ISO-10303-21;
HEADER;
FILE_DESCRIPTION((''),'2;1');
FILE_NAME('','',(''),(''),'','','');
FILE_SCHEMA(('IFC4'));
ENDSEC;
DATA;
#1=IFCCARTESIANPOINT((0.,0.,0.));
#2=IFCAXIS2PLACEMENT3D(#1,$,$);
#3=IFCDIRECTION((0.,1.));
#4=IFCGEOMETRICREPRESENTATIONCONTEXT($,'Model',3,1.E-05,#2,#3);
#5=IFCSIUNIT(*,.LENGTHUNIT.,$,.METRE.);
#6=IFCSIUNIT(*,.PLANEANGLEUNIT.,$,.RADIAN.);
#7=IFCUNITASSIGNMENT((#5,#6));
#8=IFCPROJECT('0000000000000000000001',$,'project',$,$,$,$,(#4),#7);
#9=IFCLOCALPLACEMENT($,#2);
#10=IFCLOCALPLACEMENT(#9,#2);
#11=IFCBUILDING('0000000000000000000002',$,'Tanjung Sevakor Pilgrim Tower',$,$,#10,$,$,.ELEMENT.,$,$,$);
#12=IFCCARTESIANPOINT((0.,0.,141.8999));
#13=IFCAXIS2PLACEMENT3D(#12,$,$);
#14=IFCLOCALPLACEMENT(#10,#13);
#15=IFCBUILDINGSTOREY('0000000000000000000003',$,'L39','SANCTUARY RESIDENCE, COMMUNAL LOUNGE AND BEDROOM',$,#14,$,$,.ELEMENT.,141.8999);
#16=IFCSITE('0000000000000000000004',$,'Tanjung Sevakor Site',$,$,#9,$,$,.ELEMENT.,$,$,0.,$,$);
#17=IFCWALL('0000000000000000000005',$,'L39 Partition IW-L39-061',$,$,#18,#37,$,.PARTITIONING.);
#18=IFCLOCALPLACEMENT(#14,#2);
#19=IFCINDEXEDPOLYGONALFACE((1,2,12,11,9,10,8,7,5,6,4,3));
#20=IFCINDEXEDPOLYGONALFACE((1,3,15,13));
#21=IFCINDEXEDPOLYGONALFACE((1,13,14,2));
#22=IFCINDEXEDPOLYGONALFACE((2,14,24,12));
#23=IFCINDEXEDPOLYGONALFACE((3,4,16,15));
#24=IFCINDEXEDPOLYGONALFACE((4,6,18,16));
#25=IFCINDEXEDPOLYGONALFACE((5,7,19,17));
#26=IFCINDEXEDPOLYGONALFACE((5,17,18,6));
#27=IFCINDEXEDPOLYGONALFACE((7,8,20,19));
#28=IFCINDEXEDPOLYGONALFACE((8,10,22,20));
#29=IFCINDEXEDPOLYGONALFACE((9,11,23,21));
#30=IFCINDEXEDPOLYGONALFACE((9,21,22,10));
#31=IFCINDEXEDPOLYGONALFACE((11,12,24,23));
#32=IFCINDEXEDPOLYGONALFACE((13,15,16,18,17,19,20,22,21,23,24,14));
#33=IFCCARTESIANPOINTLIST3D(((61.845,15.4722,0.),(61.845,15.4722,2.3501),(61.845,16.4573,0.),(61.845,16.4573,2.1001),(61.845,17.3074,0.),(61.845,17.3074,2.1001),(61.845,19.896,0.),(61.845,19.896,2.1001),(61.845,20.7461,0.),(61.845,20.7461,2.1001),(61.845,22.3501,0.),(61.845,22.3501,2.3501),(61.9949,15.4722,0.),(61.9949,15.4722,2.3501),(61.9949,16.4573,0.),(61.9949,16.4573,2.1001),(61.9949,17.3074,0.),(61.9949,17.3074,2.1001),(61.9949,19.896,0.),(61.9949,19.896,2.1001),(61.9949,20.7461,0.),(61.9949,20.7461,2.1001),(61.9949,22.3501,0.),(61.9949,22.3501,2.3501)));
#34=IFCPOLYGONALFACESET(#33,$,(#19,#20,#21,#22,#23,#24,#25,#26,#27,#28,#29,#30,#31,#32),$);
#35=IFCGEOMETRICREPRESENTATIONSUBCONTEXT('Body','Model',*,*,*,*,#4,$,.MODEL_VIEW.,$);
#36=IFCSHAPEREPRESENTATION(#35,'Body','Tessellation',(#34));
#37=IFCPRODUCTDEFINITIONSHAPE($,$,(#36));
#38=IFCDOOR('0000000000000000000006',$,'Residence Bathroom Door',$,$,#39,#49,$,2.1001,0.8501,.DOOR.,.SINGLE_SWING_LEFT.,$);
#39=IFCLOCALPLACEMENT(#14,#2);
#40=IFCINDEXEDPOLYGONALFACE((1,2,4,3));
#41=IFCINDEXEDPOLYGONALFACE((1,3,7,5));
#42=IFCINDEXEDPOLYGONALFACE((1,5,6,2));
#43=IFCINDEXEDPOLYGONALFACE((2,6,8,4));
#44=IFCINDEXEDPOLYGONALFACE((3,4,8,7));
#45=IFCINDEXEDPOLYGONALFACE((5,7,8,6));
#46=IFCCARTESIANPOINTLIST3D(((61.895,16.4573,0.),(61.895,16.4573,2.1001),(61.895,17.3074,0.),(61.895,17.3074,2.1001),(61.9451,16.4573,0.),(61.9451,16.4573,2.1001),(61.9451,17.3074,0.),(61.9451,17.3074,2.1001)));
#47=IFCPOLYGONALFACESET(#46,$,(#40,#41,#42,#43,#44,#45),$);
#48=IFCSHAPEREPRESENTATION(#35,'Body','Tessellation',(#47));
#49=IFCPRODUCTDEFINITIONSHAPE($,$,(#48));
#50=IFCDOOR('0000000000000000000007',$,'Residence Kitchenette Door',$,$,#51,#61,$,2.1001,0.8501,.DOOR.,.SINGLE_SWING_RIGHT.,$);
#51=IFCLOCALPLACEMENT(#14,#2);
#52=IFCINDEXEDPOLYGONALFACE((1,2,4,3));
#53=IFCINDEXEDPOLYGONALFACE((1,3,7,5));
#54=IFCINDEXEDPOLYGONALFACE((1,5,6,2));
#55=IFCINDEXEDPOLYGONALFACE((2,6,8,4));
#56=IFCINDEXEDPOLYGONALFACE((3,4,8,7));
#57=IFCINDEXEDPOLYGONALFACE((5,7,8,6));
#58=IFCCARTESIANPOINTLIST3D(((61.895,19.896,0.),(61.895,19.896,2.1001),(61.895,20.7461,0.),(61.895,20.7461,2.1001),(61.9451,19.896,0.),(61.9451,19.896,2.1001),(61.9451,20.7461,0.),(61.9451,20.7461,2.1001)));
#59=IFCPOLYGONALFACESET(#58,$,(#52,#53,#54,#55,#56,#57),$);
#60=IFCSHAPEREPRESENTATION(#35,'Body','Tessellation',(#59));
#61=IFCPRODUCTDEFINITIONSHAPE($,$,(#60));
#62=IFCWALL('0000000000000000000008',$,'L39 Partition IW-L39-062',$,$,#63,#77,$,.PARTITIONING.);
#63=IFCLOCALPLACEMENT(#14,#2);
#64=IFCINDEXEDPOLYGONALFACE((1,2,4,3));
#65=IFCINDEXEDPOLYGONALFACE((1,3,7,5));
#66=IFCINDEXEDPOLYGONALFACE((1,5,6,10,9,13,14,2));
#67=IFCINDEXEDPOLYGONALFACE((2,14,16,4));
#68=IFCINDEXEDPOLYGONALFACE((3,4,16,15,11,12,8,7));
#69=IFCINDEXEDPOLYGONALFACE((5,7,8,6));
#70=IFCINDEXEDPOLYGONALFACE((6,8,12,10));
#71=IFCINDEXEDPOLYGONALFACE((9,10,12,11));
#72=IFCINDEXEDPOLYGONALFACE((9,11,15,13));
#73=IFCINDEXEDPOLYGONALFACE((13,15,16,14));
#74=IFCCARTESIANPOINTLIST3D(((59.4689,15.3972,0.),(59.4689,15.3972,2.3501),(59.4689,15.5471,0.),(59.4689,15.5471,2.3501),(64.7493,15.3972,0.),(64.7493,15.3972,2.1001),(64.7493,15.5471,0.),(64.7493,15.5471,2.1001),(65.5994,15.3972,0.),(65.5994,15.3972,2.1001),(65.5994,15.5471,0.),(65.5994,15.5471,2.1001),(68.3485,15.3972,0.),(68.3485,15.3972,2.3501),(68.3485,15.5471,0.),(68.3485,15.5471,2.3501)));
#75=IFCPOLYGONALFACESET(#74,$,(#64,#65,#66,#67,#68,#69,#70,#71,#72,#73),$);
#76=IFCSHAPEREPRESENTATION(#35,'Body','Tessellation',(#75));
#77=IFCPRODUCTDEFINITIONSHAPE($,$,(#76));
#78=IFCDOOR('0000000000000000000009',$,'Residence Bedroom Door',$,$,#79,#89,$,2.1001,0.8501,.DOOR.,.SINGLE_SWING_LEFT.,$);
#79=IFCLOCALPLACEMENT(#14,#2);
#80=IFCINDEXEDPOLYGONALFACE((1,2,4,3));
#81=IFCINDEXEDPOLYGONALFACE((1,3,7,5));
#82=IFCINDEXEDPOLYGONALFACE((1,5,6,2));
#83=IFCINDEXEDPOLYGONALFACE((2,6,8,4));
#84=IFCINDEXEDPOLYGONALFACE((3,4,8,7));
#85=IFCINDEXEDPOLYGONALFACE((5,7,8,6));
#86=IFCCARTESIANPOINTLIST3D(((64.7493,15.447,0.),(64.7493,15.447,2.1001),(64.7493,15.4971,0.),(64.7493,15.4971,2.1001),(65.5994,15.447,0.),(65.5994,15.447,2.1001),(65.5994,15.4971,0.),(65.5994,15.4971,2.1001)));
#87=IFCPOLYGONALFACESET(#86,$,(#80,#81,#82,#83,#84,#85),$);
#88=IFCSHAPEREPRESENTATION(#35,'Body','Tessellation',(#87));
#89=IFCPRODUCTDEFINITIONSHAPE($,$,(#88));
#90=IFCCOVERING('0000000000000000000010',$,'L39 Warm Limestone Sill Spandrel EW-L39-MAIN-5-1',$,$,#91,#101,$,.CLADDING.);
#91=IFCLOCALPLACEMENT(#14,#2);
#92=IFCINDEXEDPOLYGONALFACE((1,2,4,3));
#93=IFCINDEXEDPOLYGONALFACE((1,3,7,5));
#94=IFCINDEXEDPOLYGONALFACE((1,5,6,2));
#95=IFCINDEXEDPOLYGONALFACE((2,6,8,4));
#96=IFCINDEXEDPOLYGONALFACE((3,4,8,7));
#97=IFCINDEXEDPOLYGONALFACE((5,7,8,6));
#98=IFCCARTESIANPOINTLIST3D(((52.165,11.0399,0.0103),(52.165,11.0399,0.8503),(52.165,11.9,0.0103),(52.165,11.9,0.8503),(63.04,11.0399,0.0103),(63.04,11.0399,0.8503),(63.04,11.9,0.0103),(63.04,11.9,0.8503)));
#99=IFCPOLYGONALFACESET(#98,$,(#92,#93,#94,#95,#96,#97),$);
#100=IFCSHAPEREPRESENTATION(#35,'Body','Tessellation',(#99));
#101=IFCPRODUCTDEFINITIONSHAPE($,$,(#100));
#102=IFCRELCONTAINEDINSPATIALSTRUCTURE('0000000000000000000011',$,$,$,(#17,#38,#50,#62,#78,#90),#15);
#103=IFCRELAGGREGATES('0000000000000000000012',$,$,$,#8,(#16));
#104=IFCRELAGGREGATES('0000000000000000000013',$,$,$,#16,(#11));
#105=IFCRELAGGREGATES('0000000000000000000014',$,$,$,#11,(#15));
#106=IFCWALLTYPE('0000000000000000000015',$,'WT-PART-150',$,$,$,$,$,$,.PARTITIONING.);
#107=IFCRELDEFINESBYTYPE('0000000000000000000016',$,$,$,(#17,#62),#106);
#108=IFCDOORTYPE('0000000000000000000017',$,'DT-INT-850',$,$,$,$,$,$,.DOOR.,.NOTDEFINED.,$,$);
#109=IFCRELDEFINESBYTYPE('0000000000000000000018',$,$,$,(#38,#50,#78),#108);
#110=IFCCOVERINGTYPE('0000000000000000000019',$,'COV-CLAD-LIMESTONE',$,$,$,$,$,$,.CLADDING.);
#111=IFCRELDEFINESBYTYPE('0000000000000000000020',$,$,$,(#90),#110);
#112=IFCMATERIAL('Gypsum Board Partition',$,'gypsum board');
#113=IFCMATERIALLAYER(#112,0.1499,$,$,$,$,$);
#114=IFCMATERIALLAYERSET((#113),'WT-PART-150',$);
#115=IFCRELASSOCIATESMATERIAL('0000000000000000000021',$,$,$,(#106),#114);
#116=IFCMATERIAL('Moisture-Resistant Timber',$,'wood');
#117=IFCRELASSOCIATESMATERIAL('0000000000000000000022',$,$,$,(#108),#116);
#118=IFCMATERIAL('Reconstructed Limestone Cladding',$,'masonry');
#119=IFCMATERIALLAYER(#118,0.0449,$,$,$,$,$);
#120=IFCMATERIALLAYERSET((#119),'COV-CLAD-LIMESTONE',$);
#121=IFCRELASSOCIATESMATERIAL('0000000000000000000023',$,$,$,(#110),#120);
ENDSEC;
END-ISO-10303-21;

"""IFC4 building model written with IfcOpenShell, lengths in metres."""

from ifc_helpers import new_model, si_unit, direction, frame, frame_2d, origin, origin_2d, place, context, subcontext, project, spatial, rectangle, extrude, material, layer, layer_set, type_object, element, fill, save


model = new_model("IFC4")

# Units and contexts
model_context = context("Model", 3, precision=1e-05, world=origin(), true_north=direction((0.0, 1.0)))
body_context = subcontext(model_context, "Body", "Model", "MODEL_VIEW")
ifc_project = project(units=[si_unit("LENGTHUNIT", "METRE"), si_unit("PLANEANGLEUNIT", "RADIAN")], contexts=[model_context])

# Site, building, storey
site_placement = place(None, origin())
site = spatial("IfcSite", under=ifc_project, at=site_placement, Name="Tanjung Sevakor Site", CompositionType="ELEMENT", RefElevation=0.0)
building_placement = place(site_placement, origin())
building = spatial("IfcBuilding", under=site, at=building_placement, Name="Tanjung Sevakor Pilgrim Tower", CompositionType="ELEMENT")
storey_placement = place(building_placement, frame((0.0, 0.0, 141.8999)))
storey = spatial("IfcBuildingStorey", under=building, at=storey_placement, Name="L39", Description="SANCTUARY RESIDENCE, COMMUNAL LOUNGE AND BEDROOM", CompositionType="ELEMENT", Elevation=141.8999)

# Shared definitions
ifc_material_1 = material(Name="Gypsum Board Partition", Category="gypsum board")
ifc_layer_1 = layer(ifc_material_1, 0.1499)
ifc_layer_set_1 = layer_set([ifc_layer_1], Name="WT-PART-150")
wall_type_1 = type_object("IfcWallType", Name="WT-PART-150", PredefinedType="PARTITIONING", material=ifc_layer_set_1)

# Wall, openings, doors
wall_1_placement = place(storey_placement, frame((61.9199, 15.4722, 0.0), z_axis=(0.0, 0.0, 1.0), x_axis=(0.0, 1.0, 0.0)))
wall_1 = element("IfcWall", 1, at=wall_1_placement, inside=storey, type_object=wall_type_1, Name="L39 Partition IW-L39-061", PredefinedType="PARTITIONING", context=body_context, shape_type="SweptSolid", body=[
    extrude(rectangle(XDim=6.8779, YDim=0.1499, at=frame_2d((3.439, 0.0))), origin(), (0.0, 0.0, 1.0), 2.3501),
])
opening_1_placement = place(wall_1_placement, frame((0.9851, 0.0, 0.0)))
opening_1 = element("IfcOpeningElement", 2, at=opening_1_placement, cuts=wall_1, PredefinedType="OPENING", context=body_context, shape_type="SweptSolid", body=[
    extrude(rectangle(XDim=0.8501, YDim=2.1001, at=frame_2d((0.425, 1.05))), frame((0.0, 0.085, 0.0), z_axis=(0.0, -1.0, 0.0), x_axis=(1.0, 0.0, 0.0)), (0.0, 0.0, 1.0), 0.1699),
])
opening_2_placement = place(wall_1_placement, frame((4.4238, 0.0, 0.0)))
opening_2 = element("IfcOpeningElement", 3, at=opening_2_placement, cuts=wall_1, PredefinedType="OPENING", context=body_context, shape_type="SweptSolid", body=[
    extrude(rectangle(XDim=0.8501, YDim=2.1001, at=frame_2d((0.425, 1.05))), frame((0.0, 0.085, 0.0), z_axis=(0.0, -1.0, 0.0), x_axis=(1.0, 0.0, 0.0)), (0.0, 0.0, 1.0), 0.1699),
])
ifc_material_2 = material(Name="Moisture-Resistant Timber", Category="wood")
door_type_1 = type_object("IfcDoorType", Name="DT-INT-850", OperationType="NOTDEFINED", PredefinedType="DOOR", material=ifc_material_2)
door_1_placement = place(opening_1_placement, origin())
door_1 = element("IfcDoor", 4, at=door_1_placement, inside=storey, type_object=door_type_1, Name="Residence Bathroom Door", OperationType="SINGLE_SWING_LEFT", OverallHeight=2.1001, OverallWidth=0.8501, PredefinedType="DOOR", context=body_context, shape_type="SweptSolid", body=[
    extrude(rectangle(XDim=0.8501, YDim=2.1001, at=frame_2d((0.425, 1.05))), frame((0.0, 0.0249, 0.0), z_axis=(0.0, -1.0, 0.0), x_axis=(1.0, 0.0, 0.0)), (0.0, 0.0, 1.0), 0.05),
])
fill(opening_1, door_1)
door_2_placement = place(opening_2_placement, origin())
door_2 = element("IfcDoor", 5, at=door_2_placement, inside=storey, type_object=door_type_1, Name="Residence Kitchenette Door", OperationType="SINGLE_SWING_RIGHT", OverallHeight=2.1001, OverallWidth=0.8501, PredefinedType="DOOR", context=body_context, shape_type="SweptSolid", body=[
    extrude(rectangle(XDim=0.8501, YDim=2.1001, at=frame_2d((0.425, 1.05))), frame((0.0, 0.0249, 0.0), z_axis=(0.0, -1.0, 0.0), x_axis=(1.0, 0.0, 0.0)), (0.0, 0.0, 1.0), 0.05),
])
fill(opening_2, door_2)

# Wall, opening, door
wall_2_placement = place(storey_placement, frame((59.4688, 15.4722, 0.0), z_axis=(0.0, 0.0, 1.0), x_axis=(1.0, 0.0, 0.0)))
wall_2 = element("IfcWall", 6, at=wall_2_placement, inside=storey, type_object=wall_type_1, Name="L39 Partition IW-L39-062", PredefinedType="PARTITIONING", context=body_context, shape_type="SweptSolid", body=[
    extrude(rectangle(XDim=8.8796, YDim=0.1499, at=frame_2d((4.4399, 0.0))), origin(), (0.0, 0.0, 1.0), 2.3501),
])
opening_3_placement = place(wall_2_placement, frame((5.2805, 0.0, 0.0)))
opening_3 = element("IfcOpeningElement", 7, at=opening_3_placement, cuts=wall_2, PredefinedType="OPENING", context=body_context, shape_type="SweptSolid", body=[
    extrude(rectangle(XDim=0.8501, YDim=2.1001, at=frame_2d((0.425, 1.05))), frame((0.0, 0.085, 0.0), z_axis=(0.0, -1.0, 0.0), x_axis=(1.0, 0.0, 0.0)), (0.0, 0.0, 1.0), 0.1699),
])
door_3_placement = place(opening_3_placement, origin())
door_3 = element("IfcDoor", 8, at=door_3_placement, inside=storey, type_object=door_type_1, Name="Residence Bedroom Door", OperationType="SINGLE_SWING_LEFT", OverallHeight=2.1001, OverallWidth=0.8501, PredefinedType="DOOR", context=body_context, shape_type="SweptSolid", body=[
    extrude(rectangle(XDim=0.8501, YDim=2.1001, at=frame_2d((0.425, 1.05))), frame((0.0, 0.0249, 0.0), z_axis=(0.0, -1.0, 0.0), x_axis=(1.0, 0.0, 0.0)), (0.0, 0.0, 1.0), 0.05),
])
fill(opening_3, door_3)

# Covering
ifc_material_3 = material(Name="Reconstructed Limestone Cladding", Category="masonry")
ifc_layer_2 = layer(ifc_material_3, 0.0449)
ifc_layer_set_2 = layer_set([ifc_layer_2], Name="COV-CLAD-LIMESTONE")
covering_type = type_object("IfcCoveringType", Name="COV-CLAD-LIMESTONE", PredefinedType="CLADDING", material=ifc_layer_set_2)
covering_placement = place(storey_placement, frame((57.6025, 11.47, 0.0103), z_axis=(0.0, 0.0, 1.0), x_axis=(1.0, 0.0, 0.0)))
element("IfcCovering", 9, at=covering_placement, inside=storey, type_object=covering_type, Name="L39 Warm Limestone Sill Spandrel EW-L39-MAIN-5-1", PredefinedType="CLADDING", context=body_context, shape_type="SweptSolid", body=[
    extrude(rectangle(XDim=10.875, YDim=0.8601, at=origin_2d()), origin(), (0.0, 0.0, 1.0), 0.8401),
])

save(model, "model.ifc")
